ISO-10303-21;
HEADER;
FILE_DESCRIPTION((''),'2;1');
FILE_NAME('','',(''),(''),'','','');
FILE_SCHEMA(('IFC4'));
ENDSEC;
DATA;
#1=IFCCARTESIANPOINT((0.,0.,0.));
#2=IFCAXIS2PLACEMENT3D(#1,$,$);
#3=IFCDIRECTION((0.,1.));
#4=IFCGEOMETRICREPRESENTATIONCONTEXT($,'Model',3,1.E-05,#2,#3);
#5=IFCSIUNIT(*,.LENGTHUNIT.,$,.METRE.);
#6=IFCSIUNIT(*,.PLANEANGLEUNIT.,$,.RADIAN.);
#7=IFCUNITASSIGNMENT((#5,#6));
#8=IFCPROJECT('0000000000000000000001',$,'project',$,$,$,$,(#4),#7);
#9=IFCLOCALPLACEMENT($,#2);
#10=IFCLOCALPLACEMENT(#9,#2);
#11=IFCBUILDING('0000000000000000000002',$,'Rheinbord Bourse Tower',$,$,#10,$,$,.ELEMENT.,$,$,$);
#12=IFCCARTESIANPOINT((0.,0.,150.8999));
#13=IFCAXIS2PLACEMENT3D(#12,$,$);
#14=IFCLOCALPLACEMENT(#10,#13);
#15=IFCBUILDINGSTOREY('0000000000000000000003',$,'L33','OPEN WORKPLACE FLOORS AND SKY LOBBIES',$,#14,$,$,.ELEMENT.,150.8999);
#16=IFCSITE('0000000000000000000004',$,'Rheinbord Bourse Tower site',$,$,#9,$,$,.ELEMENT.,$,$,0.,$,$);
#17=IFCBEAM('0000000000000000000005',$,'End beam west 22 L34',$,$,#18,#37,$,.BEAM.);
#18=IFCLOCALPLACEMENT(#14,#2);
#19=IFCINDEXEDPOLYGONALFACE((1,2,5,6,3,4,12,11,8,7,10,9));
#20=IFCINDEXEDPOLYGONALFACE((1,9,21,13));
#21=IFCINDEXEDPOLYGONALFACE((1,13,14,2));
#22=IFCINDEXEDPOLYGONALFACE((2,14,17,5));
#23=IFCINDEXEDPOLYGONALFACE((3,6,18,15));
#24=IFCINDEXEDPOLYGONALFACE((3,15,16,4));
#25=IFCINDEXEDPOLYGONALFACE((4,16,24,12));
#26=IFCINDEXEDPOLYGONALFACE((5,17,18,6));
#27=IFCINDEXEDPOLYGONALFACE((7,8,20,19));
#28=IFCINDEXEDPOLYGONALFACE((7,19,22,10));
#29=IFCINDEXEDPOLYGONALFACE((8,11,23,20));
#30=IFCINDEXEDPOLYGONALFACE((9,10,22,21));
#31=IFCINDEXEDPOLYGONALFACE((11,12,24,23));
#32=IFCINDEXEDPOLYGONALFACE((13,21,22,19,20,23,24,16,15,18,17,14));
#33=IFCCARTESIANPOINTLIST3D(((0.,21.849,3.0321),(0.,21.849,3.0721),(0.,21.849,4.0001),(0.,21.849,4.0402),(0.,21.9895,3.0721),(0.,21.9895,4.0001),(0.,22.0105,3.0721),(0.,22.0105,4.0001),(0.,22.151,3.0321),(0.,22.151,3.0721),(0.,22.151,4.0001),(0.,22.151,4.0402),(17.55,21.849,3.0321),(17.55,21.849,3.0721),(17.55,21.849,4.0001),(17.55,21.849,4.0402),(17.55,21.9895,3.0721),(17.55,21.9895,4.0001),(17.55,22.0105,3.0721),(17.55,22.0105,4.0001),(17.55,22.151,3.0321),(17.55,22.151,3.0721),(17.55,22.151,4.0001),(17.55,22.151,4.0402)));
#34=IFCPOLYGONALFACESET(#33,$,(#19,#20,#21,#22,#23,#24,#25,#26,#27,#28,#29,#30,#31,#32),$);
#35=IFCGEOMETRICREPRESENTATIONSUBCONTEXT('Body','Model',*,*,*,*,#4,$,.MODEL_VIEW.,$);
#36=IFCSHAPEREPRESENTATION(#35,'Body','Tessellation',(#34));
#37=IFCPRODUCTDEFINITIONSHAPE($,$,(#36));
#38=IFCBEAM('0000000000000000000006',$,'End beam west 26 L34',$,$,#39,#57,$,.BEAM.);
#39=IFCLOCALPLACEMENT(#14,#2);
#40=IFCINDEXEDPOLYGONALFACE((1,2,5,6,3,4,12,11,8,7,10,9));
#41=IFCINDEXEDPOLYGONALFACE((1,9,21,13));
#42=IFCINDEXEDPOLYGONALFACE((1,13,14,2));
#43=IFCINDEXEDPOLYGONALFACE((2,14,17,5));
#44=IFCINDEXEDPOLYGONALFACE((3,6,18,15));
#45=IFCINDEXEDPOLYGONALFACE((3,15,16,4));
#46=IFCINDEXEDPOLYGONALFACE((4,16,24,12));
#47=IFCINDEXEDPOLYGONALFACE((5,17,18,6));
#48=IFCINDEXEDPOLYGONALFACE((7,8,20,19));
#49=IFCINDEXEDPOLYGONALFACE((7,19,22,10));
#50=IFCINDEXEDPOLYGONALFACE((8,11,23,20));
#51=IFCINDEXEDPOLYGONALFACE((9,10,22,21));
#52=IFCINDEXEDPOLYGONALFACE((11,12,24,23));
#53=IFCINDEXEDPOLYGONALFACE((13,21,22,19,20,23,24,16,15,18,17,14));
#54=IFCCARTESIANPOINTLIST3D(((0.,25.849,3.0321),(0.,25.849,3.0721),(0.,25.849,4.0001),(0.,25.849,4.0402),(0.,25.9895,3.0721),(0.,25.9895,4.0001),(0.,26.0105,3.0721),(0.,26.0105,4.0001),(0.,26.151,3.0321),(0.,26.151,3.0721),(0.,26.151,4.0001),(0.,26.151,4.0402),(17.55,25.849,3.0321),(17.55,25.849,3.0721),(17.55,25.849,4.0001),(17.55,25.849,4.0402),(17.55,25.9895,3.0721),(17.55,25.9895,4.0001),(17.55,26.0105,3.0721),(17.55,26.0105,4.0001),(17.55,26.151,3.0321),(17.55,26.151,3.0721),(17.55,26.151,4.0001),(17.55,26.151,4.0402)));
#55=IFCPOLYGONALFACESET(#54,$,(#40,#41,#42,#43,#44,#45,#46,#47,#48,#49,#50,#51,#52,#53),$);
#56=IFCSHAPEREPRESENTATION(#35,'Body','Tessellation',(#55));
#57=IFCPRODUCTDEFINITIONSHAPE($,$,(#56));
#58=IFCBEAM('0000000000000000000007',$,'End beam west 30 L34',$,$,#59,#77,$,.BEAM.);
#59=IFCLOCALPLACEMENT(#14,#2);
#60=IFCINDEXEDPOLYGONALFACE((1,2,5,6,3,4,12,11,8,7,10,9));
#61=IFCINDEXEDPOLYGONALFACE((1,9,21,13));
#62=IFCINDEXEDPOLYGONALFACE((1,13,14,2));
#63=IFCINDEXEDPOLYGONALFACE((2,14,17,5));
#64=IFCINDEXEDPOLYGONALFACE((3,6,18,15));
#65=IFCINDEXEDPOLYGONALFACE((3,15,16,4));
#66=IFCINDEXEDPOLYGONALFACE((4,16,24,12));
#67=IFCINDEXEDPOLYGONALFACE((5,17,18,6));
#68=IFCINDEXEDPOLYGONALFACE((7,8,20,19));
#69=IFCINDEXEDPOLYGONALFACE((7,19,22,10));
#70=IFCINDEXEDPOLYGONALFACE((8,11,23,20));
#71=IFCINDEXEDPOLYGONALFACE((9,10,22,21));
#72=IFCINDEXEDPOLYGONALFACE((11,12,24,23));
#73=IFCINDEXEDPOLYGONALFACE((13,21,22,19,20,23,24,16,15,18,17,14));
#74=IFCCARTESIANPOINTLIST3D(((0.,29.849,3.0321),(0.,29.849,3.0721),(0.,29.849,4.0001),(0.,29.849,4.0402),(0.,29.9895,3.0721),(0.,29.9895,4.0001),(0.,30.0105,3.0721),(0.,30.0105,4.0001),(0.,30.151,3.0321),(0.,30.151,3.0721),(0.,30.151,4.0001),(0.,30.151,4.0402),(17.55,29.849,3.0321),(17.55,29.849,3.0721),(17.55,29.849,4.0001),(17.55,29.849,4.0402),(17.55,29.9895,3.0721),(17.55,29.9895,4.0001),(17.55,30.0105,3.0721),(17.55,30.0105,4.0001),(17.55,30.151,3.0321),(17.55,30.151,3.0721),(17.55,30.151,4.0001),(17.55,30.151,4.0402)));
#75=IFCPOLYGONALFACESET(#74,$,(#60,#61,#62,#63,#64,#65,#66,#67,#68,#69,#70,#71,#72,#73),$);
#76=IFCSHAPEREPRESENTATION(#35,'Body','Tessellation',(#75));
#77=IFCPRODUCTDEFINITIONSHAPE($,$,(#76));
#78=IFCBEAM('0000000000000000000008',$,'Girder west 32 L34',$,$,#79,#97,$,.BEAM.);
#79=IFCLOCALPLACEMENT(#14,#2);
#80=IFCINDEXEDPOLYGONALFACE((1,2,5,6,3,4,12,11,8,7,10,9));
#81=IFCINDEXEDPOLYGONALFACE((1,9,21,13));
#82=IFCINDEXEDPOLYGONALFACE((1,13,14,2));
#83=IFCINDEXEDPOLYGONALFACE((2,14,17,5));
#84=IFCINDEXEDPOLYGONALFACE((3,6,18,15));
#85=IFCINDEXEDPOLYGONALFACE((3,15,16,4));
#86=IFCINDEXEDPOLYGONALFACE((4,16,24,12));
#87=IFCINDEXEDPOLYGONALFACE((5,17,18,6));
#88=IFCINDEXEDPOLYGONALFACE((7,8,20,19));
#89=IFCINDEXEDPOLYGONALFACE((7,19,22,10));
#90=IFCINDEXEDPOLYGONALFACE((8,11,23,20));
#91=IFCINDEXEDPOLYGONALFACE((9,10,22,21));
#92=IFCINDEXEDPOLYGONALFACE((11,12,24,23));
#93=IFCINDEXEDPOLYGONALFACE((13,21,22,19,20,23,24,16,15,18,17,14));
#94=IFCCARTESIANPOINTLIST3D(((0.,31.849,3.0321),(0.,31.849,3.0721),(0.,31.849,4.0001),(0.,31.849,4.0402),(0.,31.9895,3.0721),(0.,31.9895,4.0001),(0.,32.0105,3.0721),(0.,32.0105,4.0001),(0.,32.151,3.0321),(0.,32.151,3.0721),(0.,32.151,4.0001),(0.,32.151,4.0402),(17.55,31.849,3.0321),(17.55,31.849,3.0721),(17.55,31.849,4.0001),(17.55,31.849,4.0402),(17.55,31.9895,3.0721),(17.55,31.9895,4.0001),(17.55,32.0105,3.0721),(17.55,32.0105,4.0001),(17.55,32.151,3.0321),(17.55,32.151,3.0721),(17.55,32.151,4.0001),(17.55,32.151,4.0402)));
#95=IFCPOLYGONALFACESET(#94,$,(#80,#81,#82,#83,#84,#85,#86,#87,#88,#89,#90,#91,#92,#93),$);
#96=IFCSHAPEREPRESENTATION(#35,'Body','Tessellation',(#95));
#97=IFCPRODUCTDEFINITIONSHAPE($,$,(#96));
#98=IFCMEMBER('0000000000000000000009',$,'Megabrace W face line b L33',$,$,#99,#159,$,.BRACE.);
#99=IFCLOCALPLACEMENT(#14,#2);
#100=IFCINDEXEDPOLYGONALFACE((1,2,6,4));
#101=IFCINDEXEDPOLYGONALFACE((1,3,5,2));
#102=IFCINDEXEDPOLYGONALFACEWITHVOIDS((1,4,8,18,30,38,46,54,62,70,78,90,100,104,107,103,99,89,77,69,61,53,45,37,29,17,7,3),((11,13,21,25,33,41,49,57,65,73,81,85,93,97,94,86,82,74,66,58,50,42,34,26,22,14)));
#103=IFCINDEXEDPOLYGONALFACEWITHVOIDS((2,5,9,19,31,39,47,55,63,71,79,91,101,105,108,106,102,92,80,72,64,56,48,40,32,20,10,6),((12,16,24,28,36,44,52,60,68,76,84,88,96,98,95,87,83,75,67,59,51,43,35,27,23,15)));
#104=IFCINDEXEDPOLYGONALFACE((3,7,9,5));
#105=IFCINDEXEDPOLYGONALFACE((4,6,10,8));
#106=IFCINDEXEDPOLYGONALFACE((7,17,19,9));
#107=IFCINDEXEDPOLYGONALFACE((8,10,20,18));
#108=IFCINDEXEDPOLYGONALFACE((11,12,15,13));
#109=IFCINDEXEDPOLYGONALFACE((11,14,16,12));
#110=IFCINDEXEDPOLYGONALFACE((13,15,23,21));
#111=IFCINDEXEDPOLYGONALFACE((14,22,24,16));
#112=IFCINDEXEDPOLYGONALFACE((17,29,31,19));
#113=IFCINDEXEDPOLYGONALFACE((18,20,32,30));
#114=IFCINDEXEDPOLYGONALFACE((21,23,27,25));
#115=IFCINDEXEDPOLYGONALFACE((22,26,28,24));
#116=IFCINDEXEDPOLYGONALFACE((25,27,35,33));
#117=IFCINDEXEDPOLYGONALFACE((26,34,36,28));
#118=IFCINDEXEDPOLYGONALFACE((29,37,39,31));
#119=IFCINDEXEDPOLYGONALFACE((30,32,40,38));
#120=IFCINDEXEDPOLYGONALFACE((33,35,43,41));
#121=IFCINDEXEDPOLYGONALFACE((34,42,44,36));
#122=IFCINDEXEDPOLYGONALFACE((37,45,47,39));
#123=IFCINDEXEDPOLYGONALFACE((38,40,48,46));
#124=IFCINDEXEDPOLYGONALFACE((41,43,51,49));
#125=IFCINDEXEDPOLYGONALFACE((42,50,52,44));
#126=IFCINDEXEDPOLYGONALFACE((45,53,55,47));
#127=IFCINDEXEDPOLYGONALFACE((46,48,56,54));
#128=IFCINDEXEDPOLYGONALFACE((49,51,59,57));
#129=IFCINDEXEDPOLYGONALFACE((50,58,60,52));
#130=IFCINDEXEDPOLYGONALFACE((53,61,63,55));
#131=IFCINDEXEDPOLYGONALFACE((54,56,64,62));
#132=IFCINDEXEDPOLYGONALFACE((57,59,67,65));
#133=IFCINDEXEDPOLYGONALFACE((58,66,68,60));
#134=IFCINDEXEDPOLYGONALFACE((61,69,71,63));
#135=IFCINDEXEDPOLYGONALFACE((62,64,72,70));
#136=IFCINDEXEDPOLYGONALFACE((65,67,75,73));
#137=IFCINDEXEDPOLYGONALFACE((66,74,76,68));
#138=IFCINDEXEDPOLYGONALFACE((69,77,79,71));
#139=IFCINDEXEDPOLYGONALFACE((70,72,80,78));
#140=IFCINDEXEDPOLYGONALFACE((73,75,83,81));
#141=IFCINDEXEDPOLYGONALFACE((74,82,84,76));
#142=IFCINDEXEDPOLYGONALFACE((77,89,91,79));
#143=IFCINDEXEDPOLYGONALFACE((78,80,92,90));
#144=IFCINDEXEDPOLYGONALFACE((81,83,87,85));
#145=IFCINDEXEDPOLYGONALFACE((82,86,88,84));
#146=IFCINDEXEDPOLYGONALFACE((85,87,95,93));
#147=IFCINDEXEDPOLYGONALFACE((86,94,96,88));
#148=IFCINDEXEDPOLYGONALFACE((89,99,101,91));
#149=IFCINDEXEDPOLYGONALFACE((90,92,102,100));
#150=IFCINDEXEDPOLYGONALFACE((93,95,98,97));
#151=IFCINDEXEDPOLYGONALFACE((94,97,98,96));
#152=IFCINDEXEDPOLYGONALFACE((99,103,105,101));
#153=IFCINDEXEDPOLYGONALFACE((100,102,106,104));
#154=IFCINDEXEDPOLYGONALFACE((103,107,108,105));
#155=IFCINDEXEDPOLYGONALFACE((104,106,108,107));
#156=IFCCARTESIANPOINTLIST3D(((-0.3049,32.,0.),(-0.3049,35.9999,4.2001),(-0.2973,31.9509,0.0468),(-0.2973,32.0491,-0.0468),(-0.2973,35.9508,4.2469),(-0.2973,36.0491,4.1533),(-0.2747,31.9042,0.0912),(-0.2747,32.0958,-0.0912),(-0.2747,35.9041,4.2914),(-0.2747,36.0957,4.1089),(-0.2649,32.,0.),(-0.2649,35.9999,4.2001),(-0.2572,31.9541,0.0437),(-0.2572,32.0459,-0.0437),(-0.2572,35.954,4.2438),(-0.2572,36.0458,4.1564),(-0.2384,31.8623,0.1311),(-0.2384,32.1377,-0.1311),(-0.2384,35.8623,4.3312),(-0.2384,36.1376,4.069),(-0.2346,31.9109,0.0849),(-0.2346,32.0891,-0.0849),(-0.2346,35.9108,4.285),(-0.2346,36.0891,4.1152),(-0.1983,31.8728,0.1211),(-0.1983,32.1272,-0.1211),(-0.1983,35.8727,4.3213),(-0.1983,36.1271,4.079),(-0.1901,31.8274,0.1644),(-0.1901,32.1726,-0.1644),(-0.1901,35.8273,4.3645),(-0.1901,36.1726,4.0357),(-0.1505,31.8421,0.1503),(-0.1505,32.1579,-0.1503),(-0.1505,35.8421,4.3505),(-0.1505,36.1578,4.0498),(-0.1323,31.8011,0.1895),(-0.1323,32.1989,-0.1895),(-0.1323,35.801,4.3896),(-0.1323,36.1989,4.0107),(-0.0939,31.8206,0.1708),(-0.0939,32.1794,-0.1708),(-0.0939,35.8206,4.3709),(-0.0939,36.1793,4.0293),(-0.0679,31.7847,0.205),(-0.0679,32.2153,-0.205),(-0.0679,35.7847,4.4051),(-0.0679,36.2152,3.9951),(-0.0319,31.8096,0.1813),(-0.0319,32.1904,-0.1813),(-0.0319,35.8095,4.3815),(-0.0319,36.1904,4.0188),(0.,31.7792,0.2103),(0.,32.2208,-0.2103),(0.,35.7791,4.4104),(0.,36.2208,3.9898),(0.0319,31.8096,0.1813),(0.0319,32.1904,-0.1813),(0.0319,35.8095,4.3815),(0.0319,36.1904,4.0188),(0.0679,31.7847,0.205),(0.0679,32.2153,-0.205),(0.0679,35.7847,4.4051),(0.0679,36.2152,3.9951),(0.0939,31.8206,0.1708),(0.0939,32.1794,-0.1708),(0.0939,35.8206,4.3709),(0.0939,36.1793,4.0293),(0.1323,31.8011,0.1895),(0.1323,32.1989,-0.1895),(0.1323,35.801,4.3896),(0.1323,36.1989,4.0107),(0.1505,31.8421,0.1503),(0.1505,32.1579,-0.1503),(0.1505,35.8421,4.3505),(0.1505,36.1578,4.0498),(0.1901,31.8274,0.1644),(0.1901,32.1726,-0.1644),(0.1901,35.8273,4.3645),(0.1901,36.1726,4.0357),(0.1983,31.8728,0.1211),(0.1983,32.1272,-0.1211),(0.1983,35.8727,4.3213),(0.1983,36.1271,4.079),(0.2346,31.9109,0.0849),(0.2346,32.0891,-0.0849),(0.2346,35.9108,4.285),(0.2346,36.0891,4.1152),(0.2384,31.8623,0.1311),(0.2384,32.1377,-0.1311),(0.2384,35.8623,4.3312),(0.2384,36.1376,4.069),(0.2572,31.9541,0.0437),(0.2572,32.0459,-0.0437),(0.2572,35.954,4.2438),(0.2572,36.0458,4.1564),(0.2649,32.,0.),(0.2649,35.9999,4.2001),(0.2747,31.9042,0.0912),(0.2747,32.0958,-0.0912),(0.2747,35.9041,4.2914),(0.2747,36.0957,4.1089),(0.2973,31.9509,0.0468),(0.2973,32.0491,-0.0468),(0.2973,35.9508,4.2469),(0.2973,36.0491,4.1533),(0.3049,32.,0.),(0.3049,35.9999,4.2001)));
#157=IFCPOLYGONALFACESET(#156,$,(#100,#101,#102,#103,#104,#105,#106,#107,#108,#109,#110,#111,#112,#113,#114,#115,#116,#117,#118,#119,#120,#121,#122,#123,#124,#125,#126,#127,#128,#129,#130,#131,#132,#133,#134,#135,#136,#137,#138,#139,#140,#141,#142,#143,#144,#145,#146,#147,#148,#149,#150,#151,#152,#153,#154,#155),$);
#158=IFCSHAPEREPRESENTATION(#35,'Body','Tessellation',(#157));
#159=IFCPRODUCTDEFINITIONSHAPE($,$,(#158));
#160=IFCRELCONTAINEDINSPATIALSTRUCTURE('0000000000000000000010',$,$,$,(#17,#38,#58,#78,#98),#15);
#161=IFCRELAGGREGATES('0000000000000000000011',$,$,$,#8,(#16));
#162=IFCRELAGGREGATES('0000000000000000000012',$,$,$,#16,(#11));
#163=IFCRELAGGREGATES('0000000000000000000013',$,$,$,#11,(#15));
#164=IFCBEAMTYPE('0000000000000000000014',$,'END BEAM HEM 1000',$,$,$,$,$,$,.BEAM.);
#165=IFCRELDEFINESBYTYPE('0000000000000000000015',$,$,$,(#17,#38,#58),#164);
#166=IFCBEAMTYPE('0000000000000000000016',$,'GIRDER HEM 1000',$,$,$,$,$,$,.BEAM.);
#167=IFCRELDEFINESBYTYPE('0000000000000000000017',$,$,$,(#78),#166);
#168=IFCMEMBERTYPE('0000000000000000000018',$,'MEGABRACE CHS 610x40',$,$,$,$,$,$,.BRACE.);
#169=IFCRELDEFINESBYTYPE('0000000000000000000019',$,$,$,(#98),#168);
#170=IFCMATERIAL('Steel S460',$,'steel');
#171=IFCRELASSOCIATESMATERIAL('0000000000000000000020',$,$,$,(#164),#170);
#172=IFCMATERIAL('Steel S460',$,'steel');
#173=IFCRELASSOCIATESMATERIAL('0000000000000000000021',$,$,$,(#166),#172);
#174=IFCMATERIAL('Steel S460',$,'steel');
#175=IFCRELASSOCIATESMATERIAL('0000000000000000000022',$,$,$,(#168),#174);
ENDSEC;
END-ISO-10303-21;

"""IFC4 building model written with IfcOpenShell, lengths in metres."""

from ifc_helpers import new_model, si_unit, direction, frame, origin, origin_2d, place, context, subcontext, project, spatial, hollow_circle, i_section, extrude, material, material_profile, profile_set, type_object, element, save


model = new_model("IFC4")

# Units and contexts
model_context = context("Model", 3, precision=1e-05, world=origin(), true_north=direction((0.0, 1.0)))
body_context = subcontext(model_context, "Body", "Model", "MODEL_VIEW")
ifc_project = project(units=[si_unit("LENGTHUNIT", "METRE"), si_unit("PLANEANGLEUNIT", "RADIAN")], contexts=[model_context])

# Site, building, storey
site_placement = place(None, origin())
site = spatial("IfcSite", under=ifc_project, at=site_placement, Name="Rheinbord Bourse Tower site", CompositionType="ELEMENT", RefElevation=0.0)
building_placement = place(site_placement, origin())
building = spatial("IfcBuilding", under=site, at=building_placement, Name="Rheinbord Bourse Tower", CompositionType="ELEMENT")
storey_placement = place(building_placement, frame((0.0, 0.0, 150.8999)))
storey = spatial("IfcBuildingStorey", under=building, at=storey_placement, Name="L33", Description="OPEN WORKPLACE FLOORS AND SKY LOBBIES", CompositionType="ELEMENT", Elevation=150.8999)

# Beams
ifc_material_1 = material(Name="Steel S460", Category="steel")
ifc_material_profile_1 = material_profile(ifc_material_1, i_section(OverallWidth=0.302, OverallDepth=1.0081, WebThickness=0.021, FlangeThickness=0.04, at=origin_2d()), Name="HEM 1000")
ifc_profile_set_1 = profile_set([ifc_material_profile_1], Name="Steel S460")
beam_type_1 = type_object("IfcBeamType", Name="END BEAM HEM 1000", PredefinedType="BEAM", material=ifc_profile_set_1)
for number, where, z_axis, x_axis, name in (
    (1, (0.0, 22.0, 3.5361), (1.0, 0.0, 0.0), (0.0, 1.0, 0.0), "End beam west 22 L34"),
    (2, (0.0, 26.0, 3.5361), (1.0, 0.0, 0.0), (0.0, 1.0, 0.0), "End beam west 26 L34"),
    (3, (0.0, 30.0, 3.5361), (1.0, 0.0, 0.0), (0.0, 1.0, 0.0), "End beam west 30 L34"),
):
    element("IfcBeam", number, at=place(storey_placement, frame(where, z_axis=z_axis, x_axis=x_axis)), inside=storey, type_object=beam_type_1, Name=name, PredefinedType="BEAM", context=body_context, shape_type="SweptSolid", body=[
        extrude(i_section(OverallWidth=0.302, OverallDepth=1.0081, WebThickness=0.021, FlangeThickness=0.04, at=origin_2d()), origin(), (0.0, 0.0, 1.0), 17.55),
    ])
ifc_material_2 = material(Name="Steel S460", Category="steel")
ifc_material_profile_2 = material_profile(ifc_material_2, i_section(OverallWidth=0.302, OverallDepth=1.0081, WebThickness=0.021, FlangeThickness=0.04, at=origin_2d()), Name="HEM 1000")
ifc_profile_set_2 = profile_set([ifc_material_profile_2], Name="Steel S460")
beam_type_2 = type_object("IfcBeamType", Name="GIRDER HEM 1000", PredefinedType="BEAM", material=ifc_profile_set_2)
beam_placement = place(storey_placement, frame((0.0, 32.0, 3.5361), z_axis=(1.0, 0.0, 0.0), x_axis=(0.0, 1.0, 0.0)))
element("IfcBeam", 4, at=beam_placement, inside=storey, type_object=beam_type_2, Name="Girder west 32 L34", PredefinedType="BEAM", context=body_context, shape_type="SweptSolid", body=[
    extrude(i_section(OverallWidth=0.302, OverallDepth=1.0081, WebThickness=0.021, FlangeThickness=0.04, at=origin_2d()), origin(), (0.0, 0.0, 1.0), 17.55),
])

# Member
ifc_material_3 = material(Name="Steel S460", Category="steel")
ifc_material_profile_3 = material_profile(ifc_material_3, hollow_circle(Radius=0.3049, WallThickness=0.04, at=origin_2d()), Name="CHS 610x40")
ifc_profile_set_3 = profile_set([ifc_material_profile_3], Name="Steel S460")
member_type_1 = type_object("IfcMemberType", Name="MEGABRACE CHS 610x40", PredefinedType="BRACE", material=ifc_profile_set_3)
for number, where, z_axis, x_axis, name in (
    (5, (0.0, 32.0, 0.0), (0.0, 0.689638, 0.724154), (-1.0, 0.0, 0.0), "Megabrace W face line b L33"),
):
    element("IfcMember", number, at=place(storey_placement, frame(where, z_axis=z_axis, x_axis=x_axis)), inside=storey, type_object=member_type_1, Name=name, PredefinedType="BRACE", context=body_context, shape_type="SweptSolid", body=[
        extrude(hollow_circle(Radius=0.3049, WallThickness=0.04, at=origin_2d()), origin(), (0.0, 0.0, 1.0), 5.8),
    ])

save(model, "model.ifc")
